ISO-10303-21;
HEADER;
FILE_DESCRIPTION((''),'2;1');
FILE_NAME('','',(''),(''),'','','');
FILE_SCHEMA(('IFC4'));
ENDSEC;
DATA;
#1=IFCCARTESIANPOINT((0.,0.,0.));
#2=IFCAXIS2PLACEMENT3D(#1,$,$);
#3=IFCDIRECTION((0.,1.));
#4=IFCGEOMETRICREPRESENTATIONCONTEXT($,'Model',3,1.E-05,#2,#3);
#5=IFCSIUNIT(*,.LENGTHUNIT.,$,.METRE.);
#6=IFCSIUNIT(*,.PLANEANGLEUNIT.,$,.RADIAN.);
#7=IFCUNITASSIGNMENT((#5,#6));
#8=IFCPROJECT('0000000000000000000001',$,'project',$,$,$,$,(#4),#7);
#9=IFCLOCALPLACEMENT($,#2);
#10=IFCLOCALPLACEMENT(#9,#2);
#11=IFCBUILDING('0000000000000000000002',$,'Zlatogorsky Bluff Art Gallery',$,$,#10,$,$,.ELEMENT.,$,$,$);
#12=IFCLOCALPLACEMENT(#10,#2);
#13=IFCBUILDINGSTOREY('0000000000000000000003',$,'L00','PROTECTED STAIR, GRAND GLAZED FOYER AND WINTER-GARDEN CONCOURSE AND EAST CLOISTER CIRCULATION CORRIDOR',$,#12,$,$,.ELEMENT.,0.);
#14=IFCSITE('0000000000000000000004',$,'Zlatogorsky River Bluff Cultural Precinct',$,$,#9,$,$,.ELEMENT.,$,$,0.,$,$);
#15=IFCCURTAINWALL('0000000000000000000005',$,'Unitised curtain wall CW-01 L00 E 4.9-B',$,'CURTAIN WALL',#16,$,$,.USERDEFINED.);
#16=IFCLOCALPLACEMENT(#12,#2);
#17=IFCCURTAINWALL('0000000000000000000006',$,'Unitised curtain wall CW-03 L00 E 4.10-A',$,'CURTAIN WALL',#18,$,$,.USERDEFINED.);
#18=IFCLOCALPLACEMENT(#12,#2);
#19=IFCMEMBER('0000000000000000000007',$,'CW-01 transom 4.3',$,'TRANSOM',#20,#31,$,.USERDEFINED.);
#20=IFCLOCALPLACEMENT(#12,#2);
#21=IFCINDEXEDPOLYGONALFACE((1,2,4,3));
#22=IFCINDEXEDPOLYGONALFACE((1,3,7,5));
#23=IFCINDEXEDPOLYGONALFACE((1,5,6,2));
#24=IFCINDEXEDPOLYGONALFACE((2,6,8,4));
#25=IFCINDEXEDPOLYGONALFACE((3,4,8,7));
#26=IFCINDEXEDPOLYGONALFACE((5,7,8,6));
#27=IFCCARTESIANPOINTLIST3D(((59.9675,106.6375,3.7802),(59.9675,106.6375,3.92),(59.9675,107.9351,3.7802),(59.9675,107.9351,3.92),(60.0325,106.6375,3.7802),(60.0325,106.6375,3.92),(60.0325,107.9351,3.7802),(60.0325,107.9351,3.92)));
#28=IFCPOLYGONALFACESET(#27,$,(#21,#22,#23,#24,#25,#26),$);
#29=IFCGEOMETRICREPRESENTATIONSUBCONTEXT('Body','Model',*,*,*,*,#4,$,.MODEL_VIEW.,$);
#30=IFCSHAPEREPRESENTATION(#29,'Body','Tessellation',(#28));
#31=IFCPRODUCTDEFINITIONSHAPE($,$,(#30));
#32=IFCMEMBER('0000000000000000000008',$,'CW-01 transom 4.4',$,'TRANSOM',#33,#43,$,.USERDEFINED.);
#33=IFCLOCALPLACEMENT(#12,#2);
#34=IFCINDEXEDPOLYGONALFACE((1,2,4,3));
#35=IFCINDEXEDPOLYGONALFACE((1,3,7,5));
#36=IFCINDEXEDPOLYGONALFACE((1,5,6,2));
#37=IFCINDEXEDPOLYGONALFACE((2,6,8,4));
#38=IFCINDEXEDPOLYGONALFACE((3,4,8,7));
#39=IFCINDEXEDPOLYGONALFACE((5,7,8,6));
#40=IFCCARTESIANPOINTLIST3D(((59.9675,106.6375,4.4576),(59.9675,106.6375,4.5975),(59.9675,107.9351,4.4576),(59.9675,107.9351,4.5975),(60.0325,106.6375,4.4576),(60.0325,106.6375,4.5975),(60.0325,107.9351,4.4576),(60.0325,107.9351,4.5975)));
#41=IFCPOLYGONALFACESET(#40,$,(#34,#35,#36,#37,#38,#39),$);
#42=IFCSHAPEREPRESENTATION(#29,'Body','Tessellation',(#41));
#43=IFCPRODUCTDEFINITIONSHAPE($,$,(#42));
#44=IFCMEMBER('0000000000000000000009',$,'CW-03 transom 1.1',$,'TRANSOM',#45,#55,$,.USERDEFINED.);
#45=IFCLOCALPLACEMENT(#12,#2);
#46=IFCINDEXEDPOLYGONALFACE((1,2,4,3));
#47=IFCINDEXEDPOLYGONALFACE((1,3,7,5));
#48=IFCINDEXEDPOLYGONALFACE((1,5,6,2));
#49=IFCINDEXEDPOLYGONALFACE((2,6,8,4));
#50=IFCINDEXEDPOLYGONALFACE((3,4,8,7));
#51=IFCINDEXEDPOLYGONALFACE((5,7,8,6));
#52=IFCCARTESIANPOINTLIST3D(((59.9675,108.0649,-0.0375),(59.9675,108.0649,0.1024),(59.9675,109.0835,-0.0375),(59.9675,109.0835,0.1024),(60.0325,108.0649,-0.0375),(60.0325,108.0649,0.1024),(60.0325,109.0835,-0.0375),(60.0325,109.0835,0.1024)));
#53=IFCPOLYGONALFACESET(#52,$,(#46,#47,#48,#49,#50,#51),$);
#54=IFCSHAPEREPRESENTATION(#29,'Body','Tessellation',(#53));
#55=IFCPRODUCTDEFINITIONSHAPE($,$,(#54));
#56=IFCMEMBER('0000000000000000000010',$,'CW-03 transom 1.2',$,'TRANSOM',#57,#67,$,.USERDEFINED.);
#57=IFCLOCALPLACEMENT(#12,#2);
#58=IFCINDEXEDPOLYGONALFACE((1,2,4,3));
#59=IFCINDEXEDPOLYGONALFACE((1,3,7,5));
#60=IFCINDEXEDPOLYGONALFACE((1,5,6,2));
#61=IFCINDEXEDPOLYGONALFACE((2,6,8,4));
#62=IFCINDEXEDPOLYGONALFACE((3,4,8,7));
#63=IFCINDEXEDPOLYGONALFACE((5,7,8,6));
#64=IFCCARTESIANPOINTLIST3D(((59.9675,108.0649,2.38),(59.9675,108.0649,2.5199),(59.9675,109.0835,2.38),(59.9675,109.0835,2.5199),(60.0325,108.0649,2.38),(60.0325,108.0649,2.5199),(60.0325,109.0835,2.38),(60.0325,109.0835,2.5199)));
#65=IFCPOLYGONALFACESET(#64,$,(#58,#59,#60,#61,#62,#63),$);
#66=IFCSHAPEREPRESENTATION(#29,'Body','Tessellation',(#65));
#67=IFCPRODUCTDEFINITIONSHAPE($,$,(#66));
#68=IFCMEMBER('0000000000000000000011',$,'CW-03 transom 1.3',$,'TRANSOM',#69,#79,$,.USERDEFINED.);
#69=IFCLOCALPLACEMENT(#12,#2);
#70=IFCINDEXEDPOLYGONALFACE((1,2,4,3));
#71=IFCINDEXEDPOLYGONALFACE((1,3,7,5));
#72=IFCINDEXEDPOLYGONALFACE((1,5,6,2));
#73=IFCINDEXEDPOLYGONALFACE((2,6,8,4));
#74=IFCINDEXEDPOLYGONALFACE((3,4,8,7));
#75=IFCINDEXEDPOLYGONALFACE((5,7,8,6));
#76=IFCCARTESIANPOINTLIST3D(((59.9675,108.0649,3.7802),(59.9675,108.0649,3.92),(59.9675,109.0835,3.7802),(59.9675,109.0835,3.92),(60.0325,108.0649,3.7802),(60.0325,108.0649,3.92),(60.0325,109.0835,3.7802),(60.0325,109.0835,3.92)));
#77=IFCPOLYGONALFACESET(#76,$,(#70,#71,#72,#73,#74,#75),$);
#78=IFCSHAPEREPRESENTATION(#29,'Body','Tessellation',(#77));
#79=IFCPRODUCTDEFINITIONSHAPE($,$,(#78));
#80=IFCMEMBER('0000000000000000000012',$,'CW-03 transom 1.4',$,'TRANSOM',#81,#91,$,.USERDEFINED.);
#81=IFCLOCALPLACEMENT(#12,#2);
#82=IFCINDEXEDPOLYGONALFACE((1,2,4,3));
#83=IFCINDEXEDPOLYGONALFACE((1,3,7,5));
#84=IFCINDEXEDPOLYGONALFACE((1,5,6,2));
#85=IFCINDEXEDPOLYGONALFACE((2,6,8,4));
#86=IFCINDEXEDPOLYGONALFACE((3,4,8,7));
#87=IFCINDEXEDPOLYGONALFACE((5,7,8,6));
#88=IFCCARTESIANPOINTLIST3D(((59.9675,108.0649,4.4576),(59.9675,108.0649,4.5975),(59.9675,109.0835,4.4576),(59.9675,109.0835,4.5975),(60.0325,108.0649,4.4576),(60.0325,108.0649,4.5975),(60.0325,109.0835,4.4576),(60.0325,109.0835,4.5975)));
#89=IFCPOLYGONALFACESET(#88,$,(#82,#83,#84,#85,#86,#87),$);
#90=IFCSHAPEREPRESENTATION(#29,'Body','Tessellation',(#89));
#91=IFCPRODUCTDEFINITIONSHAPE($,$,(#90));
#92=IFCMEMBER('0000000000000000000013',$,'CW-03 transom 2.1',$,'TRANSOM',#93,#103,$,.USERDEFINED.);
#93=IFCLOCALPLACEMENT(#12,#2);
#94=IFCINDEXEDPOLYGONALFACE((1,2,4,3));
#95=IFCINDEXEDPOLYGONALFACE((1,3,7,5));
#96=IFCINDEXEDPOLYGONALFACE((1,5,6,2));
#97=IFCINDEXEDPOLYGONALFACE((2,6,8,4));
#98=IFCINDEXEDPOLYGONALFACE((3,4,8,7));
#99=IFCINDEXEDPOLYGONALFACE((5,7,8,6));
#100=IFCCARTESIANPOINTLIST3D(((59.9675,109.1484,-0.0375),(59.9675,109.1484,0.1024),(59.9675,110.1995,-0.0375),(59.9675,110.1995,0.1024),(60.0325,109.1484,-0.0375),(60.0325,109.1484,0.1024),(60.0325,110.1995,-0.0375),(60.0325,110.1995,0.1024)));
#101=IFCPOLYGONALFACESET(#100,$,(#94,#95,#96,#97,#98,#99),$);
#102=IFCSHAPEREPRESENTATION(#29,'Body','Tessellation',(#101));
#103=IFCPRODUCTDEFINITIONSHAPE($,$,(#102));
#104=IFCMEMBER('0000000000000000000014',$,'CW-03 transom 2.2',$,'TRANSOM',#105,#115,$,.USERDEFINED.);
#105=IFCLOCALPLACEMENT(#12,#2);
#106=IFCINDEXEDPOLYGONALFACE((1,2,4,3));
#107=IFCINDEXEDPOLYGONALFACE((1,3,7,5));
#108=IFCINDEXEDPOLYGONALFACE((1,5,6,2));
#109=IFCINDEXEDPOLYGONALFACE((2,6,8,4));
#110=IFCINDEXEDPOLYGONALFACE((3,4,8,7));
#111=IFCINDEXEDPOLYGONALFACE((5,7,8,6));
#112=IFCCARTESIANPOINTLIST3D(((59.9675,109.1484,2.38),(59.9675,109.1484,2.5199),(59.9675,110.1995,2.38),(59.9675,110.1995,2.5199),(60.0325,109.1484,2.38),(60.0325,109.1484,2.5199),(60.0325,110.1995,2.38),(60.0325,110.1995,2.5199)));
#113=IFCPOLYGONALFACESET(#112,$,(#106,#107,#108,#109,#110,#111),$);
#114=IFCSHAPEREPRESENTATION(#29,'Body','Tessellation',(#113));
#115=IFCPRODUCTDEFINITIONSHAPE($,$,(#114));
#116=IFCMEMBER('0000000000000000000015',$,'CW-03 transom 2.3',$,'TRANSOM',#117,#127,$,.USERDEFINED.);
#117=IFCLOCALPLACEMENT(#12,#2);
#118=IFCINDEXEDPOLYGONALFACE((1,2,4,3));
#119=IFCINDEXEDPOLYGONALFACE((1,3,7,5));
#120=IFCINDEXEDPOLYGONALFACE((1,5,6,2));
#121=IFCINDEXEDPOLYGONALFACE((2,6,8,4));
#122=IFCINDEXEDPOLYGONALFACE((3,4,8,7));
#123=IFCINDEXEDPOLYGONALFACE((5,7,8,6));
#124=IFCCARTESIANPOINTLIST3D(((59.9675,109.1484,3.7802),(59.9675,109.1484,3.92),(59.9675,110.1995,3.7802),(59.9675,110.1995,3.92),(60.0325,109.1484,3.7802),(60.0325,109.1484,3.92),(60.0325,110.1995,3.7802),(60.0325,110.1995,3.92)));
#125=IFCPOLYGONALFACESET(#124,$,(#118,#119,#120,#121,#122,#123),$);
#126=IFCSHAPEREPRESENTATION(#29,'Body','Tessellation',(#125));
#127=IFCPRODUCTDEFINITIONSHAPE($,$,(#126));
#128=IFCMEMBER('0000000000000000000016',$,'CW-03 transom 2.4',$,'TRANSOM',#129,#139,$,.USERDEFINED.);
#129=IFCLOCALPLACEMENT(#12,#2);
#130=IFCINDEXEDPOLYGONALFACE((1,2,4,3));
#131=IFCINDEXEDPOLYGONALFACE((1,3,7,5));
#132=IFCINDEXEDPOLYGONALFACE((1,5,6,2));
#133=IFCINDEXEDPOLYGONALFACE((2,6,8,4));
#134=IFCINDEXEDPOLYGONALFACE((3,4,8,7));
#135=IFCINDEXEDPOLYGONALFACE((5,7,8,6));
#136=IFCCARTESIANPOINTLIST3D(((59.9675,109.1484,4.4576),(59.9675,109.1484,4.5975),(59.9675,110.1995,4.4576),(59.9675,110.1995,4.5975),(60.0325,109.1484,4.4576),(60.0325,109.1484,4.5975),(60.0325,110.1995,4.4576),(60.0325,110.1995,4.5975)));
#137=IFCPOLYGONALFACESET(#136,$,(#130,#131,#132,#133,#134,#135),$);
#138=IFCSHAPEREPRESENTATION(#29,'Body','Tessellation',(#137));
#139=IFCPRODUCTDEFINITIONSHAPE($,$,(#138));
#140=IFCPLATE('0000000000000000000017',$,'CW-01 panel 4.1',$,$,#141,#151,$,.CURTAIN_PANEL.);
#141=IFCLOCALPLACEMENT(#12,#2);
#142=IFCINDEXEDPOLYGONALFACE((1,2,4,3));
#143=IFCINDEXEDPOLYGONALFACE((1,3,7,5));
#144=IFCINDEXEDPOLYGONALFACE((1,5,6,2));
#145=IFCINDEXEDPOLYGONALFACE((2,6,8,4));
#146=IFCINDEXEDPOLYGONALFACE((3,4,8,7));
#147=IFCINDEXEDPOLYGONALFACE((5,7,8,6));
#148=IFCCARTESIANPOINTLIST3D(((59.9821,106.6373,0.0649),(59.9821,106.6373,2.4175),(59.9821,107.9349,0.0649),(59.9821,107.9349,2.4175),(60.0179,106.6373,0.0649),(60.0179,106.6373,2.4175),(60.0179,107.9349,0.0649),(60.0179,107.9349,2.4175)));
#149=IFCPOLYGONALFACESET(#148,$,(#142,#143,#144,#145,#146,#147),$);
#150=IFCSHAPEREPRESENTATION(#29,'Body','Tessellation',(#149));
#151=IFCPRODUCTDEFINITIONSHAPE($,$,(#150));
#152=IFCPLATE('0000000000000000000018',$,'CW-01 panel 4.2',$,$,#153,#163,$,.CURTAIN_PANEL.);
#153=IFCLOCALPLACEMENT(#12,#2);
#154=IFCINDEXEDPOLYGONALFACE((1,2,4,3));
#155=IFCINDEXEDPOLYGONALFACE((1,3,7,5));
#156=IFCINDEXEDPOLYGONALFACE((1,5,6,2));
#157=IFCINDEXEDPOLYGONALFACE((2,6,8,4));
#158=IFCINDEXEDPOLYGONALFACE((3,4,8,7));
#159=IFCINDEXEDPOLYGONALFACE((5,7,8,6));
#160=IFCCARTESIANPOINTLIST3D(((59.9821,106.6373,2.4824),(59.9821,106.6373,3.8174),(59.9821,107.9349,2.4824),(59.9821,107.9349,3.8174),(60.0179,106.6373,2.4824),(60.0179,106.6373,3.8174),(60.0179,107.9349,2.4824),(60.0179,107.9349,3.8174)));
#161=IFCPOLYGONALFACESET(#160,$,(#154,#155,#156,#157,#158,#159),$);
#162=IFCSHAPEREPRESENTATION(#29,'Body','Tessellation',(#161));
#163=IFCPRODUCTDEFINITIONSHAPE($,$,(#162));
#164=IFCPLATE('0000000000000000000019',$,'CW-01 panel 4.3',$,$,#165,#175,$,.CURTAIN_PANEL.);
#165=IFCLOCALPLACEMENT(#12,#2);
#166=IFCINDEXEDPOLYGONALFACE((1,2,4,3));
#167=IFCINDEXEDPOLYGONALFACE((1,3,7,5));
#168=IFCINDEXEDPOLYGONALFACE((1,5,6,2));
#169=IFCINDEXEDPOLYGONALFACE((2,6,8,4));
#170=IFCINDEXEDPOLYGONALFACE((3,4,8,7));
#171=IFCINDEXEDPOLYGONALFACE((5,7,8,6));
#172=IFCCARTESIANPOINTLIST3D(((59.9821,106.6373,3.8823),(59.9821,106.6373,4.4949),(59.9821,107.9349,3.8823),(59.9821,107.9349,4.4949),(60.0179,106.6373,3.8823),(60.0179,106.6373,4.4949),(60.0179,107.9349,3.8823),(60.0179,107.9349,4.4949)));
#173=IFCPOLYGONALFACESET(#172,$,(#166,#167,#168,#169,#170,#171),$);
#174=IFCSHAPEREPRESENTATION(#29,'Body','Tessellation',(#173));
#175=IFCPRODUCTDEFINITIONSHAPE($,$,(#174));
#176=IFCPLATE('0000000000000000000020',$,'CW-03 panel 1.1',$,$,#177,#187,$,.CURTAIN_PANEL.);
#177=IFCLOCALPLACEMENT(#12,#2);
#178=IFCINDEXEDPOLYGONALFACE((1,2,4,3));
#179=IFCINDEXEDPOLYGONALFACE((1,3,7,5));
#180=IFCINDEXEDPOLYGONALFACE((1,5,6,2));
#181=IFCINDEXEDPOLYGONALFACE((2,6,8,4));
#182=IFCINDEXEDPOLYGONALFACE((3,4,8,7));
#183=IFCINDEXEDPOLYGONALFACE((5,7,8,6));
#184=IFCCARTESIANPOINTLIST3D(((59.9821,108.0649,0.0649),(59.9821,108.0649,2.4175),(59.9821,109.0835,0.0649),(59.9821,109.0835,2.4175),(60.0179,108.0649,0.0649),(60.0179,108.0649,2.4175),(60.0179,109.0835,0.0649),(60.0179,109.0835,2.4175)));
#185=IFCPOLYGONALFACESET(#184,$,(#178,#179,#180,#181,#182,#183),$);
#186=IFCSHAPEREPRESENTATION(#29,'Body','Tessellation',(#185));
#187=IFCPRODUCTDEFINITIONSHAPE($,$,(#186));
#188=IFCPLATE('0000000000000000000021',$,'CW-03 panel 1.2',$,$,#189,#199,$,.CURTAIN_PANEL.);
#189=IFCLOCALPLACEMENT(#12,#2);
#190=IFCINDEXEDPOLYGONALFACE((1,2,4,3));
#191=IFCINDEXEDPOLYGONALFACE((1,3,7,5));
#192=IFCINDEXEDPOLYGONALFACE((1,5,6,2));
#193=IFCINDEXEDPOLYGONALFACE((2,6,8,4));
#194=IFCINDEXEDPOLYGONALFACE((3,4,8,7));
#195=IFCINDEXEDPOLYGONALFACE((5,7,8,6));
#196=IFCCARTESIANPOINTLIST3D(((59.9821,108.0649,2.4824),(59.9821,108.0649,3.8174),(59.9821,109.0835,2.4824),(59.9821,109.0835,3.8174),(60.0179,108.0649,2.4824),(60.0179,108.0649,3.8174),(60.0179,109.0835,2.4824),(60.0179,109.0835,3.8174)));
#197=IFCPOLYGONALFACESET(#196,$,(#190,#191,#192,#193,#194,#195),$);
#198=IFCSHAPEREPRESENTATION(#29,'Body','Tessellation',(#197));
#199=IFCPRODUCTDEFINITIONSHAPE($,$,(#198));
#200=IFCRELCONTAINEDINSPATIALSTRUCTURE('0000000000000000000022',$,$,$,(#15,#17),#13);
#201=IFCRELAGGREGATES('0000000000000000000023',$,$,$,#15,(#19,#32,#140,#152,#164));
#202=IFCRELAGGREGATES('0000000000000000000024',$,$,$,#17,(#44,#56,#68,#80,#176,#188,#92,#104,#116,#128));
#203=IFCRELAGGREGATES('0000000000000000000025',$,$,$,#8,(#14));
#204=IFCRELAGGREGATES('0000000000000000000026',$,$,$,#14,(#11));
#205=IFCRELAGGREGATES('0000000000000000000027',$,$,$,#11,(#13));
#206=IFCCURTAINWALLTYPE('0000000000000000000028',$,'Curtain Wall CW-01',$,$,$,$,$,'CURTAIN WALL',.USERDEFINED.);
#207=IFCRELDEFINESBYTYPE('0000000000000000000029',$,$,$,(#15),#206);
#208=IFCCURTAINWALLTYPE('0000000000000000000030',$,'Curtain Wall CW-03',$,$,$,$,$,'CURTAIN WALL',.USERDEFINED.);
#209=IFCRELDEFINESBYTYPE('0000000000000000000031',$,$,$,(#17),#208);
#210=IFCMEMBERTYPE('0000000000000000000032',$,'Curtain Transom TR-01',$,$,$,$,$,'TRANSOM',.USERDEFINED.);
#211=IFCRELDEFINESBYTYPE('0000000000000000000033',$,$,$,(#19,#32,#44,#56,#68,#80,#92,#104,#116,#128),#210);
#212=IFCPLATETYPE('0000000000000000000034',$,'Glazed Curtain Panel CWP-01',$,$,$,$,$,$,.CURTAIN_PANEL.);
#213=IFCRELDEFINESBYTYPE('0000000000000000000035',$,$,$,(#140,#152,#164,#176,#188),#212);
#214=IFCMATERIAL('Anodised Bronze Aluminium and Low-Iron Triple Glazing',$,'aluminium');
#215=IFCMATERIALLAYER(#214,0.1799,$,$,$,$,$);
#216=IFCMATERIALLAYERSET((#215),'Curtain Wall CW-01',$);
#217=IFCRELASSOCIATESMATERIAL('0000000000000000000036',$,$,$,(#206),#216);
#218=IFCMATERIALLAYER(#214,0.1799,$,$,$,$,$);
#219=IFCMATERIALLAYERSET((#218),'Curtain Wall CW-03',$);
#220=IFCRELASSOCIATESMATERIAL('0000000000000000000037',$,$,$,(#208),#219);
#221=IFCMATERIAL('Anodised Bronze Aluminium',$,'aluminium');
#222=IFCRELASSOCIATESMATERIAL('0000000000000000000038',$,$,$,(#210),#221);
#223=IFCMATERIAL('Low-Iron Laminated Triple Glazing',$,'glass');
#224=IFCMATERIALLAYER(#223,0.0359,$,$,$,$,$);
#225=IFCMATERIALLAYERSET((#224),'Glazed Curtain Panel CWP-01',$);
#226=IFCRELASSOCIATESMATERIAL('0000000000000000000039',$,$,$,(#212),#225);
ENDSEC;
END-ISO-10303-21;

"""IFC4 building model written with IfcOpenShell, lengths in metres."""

from ifc_helpers import new_model, si_unit, direction, frame, origin, origin_2d, place, context, subcontext, project, spatial, rectangle, extrude, material, layer, layer_set, material_profile, profile_set, type_object, element, aggregate, save


model = new_model("IFC4")

# Units and contexts
model_context = context("Model", 3, precision=1e-05, world=origin(), true_north=direction((0.0, 1.0)))
body_context = subcontext(model_context, "Body", "Model", "MODEL_VIEW")
ifc_project = project(units=[si_unit("LENGTHUNIT", "METRE"), si_unit("PLANEANGLEUNIT", "RADIAN")], contexts=[model_context])

# Site, building, storey
site_placement = place(None, origin())
site = spatial("IfcSite", under=ifc_project, at=site_placement, Name="Zlatogorsky River Bluff Cultural Precinct", CompositionType="ELEMENT", RefElevation=0.0)
building_placement = place(site_placement, origin())
building = spatial("IfcBuilding", under=site, at=building_placement, Name="Zlatogorsky Bluff Art Gallery", CompositionType="ELEMENT")
storey_placement = place(building_placement, origin())
storey = spatial("IfcBuildingStorey", under=building, at=storey_placement, Name="L00", Description="PROTECTED STAIR, GRAND GLAZED FOYER AND WINTER-GARDEN CONCOURSE AND EAST CLOISTER CIRCULATION CORRIDOR", CompositionType="ELEMENT", Elevation=0.0)

# Curtain walls
ifc_material_1 = material(Name="Anodised Bronze Aluminium and Low-Iron Triple Glazing", Category="aluminium")
ifc_layer_1 = layer(ifc_material_1, 0.1799)
ifc_layer_set_1 = layer_set([ifc_layer_1], Name="Curtain Wall CW-01")
curtain_wall_type_1 = type_object("IfcCurtainWallType", Name="Curtain Wall CW-01", ElementType="CURTAIN WALL", PredefinedType="USERDEFINED", material=ifc_layer_set_1)
curtain_wall_1_placement = place(storey_placement, origin())
curtain_wall_1 = element("IfcCurtainWall", 1, at=curtain_wall_1_placement, inside=storey, type_object=curtain_wall_type_1, Name="Unitised curtain wall CW-01 L00 E 4.9-B", ObjectType="CURTAIN WALL", PredefinedType="USERDEFINED")
ifc_material_2 = material(Name="Anodised Bronze Aluminium", Category="aluminium")
ifc_layer_2 = layer(ifc_material_1, 0.1799)
ifc_layer_set_2 = layer_set([ifc_layer_2], Name="Curtain Wall CW-03")
curtain_wall_type_2 = type_object("IfcCurtainWallType", Name="Curtain Wall CW-03", ElementType="CURTAIN WALL", PredefinedType="USERDEFINED", material=ifc_layer_set_2)
curtain_wall_2_placement = place(storey_placement, origin())
curtain_wall_2 = element("IfcCurtainWall", 2, at=curtain_wall_2_placement, inside=storey, type_object=curtain_wall_type_2, Name="Unitised curtain wall CW-03 L00 E 4.10-A", ObjectType="CURTAIN WALL", PredefinedType="USERDEFINED")

# Members
ifc_material_profile_1 = material_profile(ifc_material_2, rectangle(XDim=0.0649, YDim=0.1399, at=origin_2d()), Name="ALU TRANSOM 65x140")
ifc_profile_set_1 = profile_set([ifc_material_profile_1], Name="Anodised Bronze Aluminium")
member_type_1 = type_object("IfcMemberType", Name="Curtain Transom TR-01", ElementType="TRANSOM", PredefinedType="USERDEFINED", material=ifc_profile_set_1)
member_1_placement = place(storey_placement, frame((60.0, 106.6375, 3.8501), z_axis=(0.0, 1.0, 0.0), x_axis=(-1.0, 0.0, 0.0)))
member_1 = element("IfcMember", 3, at=member_1_placement, type_object=member_type_1, Name="CW-01 transom 4.3", ObjectType="TRANSOM", PredefinedType="USERDEFINED", context=body_context, shape_type="SweptSolid", body=[
    extrude(rectangle(XDim=0.0649, YDim=0.1399, at=origin_2d()), origin(), (0.0, 0.0, 1.0), 1.2976),
])
member_2_placement = place(storey_placement, frame((60.0, 106.6375, 4.5276), z_axis=(0.0, 1.0, 0.0), x_axis=(-1.0, 0.0, 0.0)))
member_2 = element("IfcMember", 4, at=member_2_placement, type_object=member_type_1, Name="CW-01 transom 4.4", ObjectType="TRANSOM", PredefinedType="USERDEFINED", context=body_context, shape_type="SweptSolid", body=[
    extrude(rectangle(XDim=0.0649, YDim=0.1399, at=origin_2d()), origin(), (0.0, 0.0, 1.0), 1.2976),
])
member_3_placement = place(storey_placement, frame((60.0, 108.0649, 0.0325), z_axis=(0.0, 1.0, 0.0), x_axis=(-1.0, 0.0, 0.0)))
member_3 = element("IfcMember", 5, at=member_3_placement, type_object=member_type_1, Name="CW-03 transom 1.1", ObjectType="TRANSOM", PredefinedType="USERDEFINED", context=body_context, shape_type="SweptSolid", body=[
    extrude(rectangle(XDim=0.0649, YDim=0.1399, at=origin_2d()), origin(), (0.0, 0.0, 1.0), 1.0186),
])
member_4_placement = place(storey_placement, frame((60.0, 108.0649, 2.45), z_axis=(0.0, 1.0, 0.0), x_axis=(-1.0, 0.0, 0.0)))
member_4 = element("IfcMember", 6, at=member_4_placement, type_object=member_type_1, Name="CW-03 transom 1.2", ObjectType="TRANSOM", PredefinedType="USERDEFINED", context=body_context, shape_type="SweptSolid", body=[
    extrude(rectangle(XDim=0.0649, YDim=0.1399, at=origin_2d()), origin(), (0.0, 0.0, 1.0), 1.0186),
])
member_5_placement = place(storey_placement, frame((60.0, 108.0649, 3.8501), z_axis=(0.0, 1.0, 0.0), x_axis=(-1.0, 0.0, 0.0)))
member_5 = element("IfcMember", 7, at=member_5_placement, type_object=member_type_1, Name="CW-03 transom 1.3", ObjectType="TRANSOM", PredefinedType="USERDEFINED", context=body_context, shape_type="SweptSolid", body=[
    extrude(rectangle(XDim=0.0649, YDim=0.1399, at=origin_2d()), origin(), (0.0, 0.0, 1.0), 1.0186),
])
member_6_placement = place(storey_placement, frame((60.0, 108.0649, 4.5276), z_axis=(0.0, 1.0, 0.0), x_axis=(-1.0, 0.0, 0.0)))
member_6 = element("IfcMember", 8, at=member_6_placement, type_object=member_type_1, Name="CW-03 transom 1.4", ObjectType="TRANSOM", PredefinedType="USERDEFINED", context=body_context, shape_type="SweptSolid", body=[
    extrude(rectangle(XDim=0.0649, YDim=0.1399, at=origin_2d()), origin(), (0.0, 0.0, 1.0), 1.0186),
])
member_7_placement = place(storey_placement, frame((60.0, 109.1484, 0.0325), z_axis=(0.0, 1.0, 0.0), x_axis=(-1.0, 0.0, 0.0)))
member_7 = element("IfcMember", 9, at=member_7_placement, type_object=member_type_1, Name="CW-03 transom 2.1", ObjectType="TRANSOM", PredefinedType="USERDEFINED", context=body_context, shape_type="SweptSolid", body=[
    extrude(rectangle(XDim=0.0649, YDim=0.1399, at=origin_2d()), origin(), (0.0, 0.0, 1.0), 1.051),
])
member_8_placement = place(storey_placement, frame((60.0, 109.1484, 2.45), z_axis=(0.0, 1.0, 0.0), x_axis=(-1.0, 0.0, 0.0)))
member_8 = element("IfcMember", 10, at=member_8_placement, type_object=member_type_1, Name="CW-03 transom 2.2", ObjectType="TRANSOM", PredefinedType="USERDEFINED", context=body_context, shape_type="SweptSolid", body=[
    extrude(rectangle(XDim=0.0649, YDim=0.1399, at=origin_2d()), origin(), (0.0, 0.0, 1.0), 1.051),
])
member_9_placement = place(storey_placement, frame((60.0, 109.1484, 3.8501), z_axis=(0.0, 1.0, 0.0), x_axis=(-1.0, 0.0, 0.0)))
member_9 = element("IfcMember", 11, at=member_9_placement, type_object=member_type_1, Name="CW-03 transom 2.3", ObjectType="TRANSOM", PredefinedType="USERDEFINED", context=body_context, shape_type="SweptSolid", body=[
    extrude(rectangle(XDim=0.0649, YDim=0.1399, at=origin_2d()), origin(), (0.0, 0.0, 1.0), 1.051),
])
member_10_placement = place(storey_placement, frame((60.0, 109.1484, 4.5276), z_axis=(0.0, 1.0, 0.0), x_axis=(-1.0, 0.0, 0.0)))
member_10 = element("IfcMember", 12, at=member_10_placement, type_object=member_type_1, Name="CW-03 transom 2.4", ObjectType="TRANSOM", PredefinedType="USERDEFINED", context=body_context, shape_type="SweptSolid", body=[
    extrude(rectangle(XDim=0.0649, YDim=0.1399, at=origin_2d()), origin(), (0.0, 0.0, 1.0), 1.051),
])

# Plates
ifc_material_3 = material(Name="Low-Iron Laminated Triple Glazing", Category="glass")
ifc_layer_3 = layer(ifc_material_3, 0.0359)
ifc_layer_set_3 = layer_set([ifc_layer_3], Name="Glazed Curtain Panel CWP-01")
plate_type = type_object("IfcPlateType", Name="Glazed Curtain Panel CWP-01", PredefinedType="CURTAIN_PANEL", material=ifc_layer_set_3)
plate_1_placement = place(storey_placement, frame((60.0, 107.2861, 0.0649), z_axis=(0.0, 0.0, 1.0), x_axis=(0.0, 1.0, 0.0)))
plate_1 = element("IfcPlate", 13, at=plate_1_placement, type_object=plate_type, Name="CW-01 panel 4.1", PredefinedType="CURTAIN_PANEL", context=body_context, shape_type="SweptSolid", body=[
    extrude(rectangle(XDim=1.2976, YDim=0.0359, at=origin_2d()), origin(), (0.0, 0.0, 1.0), 2.3525),
])
plate_2_placement = place(storey_placement, frame((60.0, 107.2861, 2.4824), z_axis=(0.0, 0.0, 1.0), x_axis=(0.0, 1.0, 0.0)))
plate_2 = element("IfcPlate", 14, at=plate_2_placement, type_object=plate_type, Name="CW-01 panel 4.2", PredefinedType="CURTAIN_PANEL", context=body_context, shape_type="SweptSolid", body=[
    extrude(rectangle(XDim=1.2976, YDim=0.0359, at=origin_2d()), origin(), (0.0, 0.0, 1.0), 1.335),
])
plate_3_placement = place(storey_placement, frame((60.0, 107.2861, 3.8823), z_axis=(0.0, 0.0, 1.0), x_axis=(0.0, 1.0, 0.0)))
plate_3 = element("IfcPlate", 15, at=plate_3_placement, type_object=plate_type, Name="CW-01 panel 4.3", PredefinedType="CURTAIN_PANEL", context=body_context, shape_type="SweptSolid", body=[
    extrude(rectangle(XDim=1.2976, YDim=0.0359, at=origin_2d()), origin(), (0.0, 0.0, 1.0), 0.6125),
])
aggregate(curtain_wall_1, [member_1, member_2, plate_1, plate_2, plate_3])
plate_4_placement = place(storey_placement, frame((60.0, 108.5742, 0.0649), z_axis=(0.0, 0.0, 1.0), x_axis=(0.0, 1.0, 0.0)))
plate_4 = element("IfcPlate", 16, at=plate_4_placement, type_object=plate_type, Name="CW-03 panel 1.1", PredefinedType="CURTAIN_PANEL", context=body_context, shape_type="SweptSolid", body=[
    extrude(rectangle(XDim=1.0186, YDim=0.0359, at=origin_2d()), origin(), (0.0, 0.0, 1.0), 2.3525),
])
plate_5_placement = place(storey_placement, frame((60.0, 108.5742, 2.4824), z_axis=(0.0, 0.0, 1.0), x_axis=(0.0, 1.0, 0.0)))
plate_5 = element("IfcPlate", 17, at=plate_5_placement, type_object=plate_type, Name="CW-03 panel 1.2", PredefinedType="CURTAIN_PANEL", context=body_context, shape_type="SweptSolid", body=[
    extrude(rectangle(XDim=1.0186, YDim=0.0359, at=origin_2d()), origin(), (0.0, 0.0, 1.0), 1.335),
])
aggregate(curtain_wall_2, [member_3, member_4, member_5, member_6, plate_4, plate_5, member_7, member_8, member_9, member_10])

save(model, "model.ifc")
